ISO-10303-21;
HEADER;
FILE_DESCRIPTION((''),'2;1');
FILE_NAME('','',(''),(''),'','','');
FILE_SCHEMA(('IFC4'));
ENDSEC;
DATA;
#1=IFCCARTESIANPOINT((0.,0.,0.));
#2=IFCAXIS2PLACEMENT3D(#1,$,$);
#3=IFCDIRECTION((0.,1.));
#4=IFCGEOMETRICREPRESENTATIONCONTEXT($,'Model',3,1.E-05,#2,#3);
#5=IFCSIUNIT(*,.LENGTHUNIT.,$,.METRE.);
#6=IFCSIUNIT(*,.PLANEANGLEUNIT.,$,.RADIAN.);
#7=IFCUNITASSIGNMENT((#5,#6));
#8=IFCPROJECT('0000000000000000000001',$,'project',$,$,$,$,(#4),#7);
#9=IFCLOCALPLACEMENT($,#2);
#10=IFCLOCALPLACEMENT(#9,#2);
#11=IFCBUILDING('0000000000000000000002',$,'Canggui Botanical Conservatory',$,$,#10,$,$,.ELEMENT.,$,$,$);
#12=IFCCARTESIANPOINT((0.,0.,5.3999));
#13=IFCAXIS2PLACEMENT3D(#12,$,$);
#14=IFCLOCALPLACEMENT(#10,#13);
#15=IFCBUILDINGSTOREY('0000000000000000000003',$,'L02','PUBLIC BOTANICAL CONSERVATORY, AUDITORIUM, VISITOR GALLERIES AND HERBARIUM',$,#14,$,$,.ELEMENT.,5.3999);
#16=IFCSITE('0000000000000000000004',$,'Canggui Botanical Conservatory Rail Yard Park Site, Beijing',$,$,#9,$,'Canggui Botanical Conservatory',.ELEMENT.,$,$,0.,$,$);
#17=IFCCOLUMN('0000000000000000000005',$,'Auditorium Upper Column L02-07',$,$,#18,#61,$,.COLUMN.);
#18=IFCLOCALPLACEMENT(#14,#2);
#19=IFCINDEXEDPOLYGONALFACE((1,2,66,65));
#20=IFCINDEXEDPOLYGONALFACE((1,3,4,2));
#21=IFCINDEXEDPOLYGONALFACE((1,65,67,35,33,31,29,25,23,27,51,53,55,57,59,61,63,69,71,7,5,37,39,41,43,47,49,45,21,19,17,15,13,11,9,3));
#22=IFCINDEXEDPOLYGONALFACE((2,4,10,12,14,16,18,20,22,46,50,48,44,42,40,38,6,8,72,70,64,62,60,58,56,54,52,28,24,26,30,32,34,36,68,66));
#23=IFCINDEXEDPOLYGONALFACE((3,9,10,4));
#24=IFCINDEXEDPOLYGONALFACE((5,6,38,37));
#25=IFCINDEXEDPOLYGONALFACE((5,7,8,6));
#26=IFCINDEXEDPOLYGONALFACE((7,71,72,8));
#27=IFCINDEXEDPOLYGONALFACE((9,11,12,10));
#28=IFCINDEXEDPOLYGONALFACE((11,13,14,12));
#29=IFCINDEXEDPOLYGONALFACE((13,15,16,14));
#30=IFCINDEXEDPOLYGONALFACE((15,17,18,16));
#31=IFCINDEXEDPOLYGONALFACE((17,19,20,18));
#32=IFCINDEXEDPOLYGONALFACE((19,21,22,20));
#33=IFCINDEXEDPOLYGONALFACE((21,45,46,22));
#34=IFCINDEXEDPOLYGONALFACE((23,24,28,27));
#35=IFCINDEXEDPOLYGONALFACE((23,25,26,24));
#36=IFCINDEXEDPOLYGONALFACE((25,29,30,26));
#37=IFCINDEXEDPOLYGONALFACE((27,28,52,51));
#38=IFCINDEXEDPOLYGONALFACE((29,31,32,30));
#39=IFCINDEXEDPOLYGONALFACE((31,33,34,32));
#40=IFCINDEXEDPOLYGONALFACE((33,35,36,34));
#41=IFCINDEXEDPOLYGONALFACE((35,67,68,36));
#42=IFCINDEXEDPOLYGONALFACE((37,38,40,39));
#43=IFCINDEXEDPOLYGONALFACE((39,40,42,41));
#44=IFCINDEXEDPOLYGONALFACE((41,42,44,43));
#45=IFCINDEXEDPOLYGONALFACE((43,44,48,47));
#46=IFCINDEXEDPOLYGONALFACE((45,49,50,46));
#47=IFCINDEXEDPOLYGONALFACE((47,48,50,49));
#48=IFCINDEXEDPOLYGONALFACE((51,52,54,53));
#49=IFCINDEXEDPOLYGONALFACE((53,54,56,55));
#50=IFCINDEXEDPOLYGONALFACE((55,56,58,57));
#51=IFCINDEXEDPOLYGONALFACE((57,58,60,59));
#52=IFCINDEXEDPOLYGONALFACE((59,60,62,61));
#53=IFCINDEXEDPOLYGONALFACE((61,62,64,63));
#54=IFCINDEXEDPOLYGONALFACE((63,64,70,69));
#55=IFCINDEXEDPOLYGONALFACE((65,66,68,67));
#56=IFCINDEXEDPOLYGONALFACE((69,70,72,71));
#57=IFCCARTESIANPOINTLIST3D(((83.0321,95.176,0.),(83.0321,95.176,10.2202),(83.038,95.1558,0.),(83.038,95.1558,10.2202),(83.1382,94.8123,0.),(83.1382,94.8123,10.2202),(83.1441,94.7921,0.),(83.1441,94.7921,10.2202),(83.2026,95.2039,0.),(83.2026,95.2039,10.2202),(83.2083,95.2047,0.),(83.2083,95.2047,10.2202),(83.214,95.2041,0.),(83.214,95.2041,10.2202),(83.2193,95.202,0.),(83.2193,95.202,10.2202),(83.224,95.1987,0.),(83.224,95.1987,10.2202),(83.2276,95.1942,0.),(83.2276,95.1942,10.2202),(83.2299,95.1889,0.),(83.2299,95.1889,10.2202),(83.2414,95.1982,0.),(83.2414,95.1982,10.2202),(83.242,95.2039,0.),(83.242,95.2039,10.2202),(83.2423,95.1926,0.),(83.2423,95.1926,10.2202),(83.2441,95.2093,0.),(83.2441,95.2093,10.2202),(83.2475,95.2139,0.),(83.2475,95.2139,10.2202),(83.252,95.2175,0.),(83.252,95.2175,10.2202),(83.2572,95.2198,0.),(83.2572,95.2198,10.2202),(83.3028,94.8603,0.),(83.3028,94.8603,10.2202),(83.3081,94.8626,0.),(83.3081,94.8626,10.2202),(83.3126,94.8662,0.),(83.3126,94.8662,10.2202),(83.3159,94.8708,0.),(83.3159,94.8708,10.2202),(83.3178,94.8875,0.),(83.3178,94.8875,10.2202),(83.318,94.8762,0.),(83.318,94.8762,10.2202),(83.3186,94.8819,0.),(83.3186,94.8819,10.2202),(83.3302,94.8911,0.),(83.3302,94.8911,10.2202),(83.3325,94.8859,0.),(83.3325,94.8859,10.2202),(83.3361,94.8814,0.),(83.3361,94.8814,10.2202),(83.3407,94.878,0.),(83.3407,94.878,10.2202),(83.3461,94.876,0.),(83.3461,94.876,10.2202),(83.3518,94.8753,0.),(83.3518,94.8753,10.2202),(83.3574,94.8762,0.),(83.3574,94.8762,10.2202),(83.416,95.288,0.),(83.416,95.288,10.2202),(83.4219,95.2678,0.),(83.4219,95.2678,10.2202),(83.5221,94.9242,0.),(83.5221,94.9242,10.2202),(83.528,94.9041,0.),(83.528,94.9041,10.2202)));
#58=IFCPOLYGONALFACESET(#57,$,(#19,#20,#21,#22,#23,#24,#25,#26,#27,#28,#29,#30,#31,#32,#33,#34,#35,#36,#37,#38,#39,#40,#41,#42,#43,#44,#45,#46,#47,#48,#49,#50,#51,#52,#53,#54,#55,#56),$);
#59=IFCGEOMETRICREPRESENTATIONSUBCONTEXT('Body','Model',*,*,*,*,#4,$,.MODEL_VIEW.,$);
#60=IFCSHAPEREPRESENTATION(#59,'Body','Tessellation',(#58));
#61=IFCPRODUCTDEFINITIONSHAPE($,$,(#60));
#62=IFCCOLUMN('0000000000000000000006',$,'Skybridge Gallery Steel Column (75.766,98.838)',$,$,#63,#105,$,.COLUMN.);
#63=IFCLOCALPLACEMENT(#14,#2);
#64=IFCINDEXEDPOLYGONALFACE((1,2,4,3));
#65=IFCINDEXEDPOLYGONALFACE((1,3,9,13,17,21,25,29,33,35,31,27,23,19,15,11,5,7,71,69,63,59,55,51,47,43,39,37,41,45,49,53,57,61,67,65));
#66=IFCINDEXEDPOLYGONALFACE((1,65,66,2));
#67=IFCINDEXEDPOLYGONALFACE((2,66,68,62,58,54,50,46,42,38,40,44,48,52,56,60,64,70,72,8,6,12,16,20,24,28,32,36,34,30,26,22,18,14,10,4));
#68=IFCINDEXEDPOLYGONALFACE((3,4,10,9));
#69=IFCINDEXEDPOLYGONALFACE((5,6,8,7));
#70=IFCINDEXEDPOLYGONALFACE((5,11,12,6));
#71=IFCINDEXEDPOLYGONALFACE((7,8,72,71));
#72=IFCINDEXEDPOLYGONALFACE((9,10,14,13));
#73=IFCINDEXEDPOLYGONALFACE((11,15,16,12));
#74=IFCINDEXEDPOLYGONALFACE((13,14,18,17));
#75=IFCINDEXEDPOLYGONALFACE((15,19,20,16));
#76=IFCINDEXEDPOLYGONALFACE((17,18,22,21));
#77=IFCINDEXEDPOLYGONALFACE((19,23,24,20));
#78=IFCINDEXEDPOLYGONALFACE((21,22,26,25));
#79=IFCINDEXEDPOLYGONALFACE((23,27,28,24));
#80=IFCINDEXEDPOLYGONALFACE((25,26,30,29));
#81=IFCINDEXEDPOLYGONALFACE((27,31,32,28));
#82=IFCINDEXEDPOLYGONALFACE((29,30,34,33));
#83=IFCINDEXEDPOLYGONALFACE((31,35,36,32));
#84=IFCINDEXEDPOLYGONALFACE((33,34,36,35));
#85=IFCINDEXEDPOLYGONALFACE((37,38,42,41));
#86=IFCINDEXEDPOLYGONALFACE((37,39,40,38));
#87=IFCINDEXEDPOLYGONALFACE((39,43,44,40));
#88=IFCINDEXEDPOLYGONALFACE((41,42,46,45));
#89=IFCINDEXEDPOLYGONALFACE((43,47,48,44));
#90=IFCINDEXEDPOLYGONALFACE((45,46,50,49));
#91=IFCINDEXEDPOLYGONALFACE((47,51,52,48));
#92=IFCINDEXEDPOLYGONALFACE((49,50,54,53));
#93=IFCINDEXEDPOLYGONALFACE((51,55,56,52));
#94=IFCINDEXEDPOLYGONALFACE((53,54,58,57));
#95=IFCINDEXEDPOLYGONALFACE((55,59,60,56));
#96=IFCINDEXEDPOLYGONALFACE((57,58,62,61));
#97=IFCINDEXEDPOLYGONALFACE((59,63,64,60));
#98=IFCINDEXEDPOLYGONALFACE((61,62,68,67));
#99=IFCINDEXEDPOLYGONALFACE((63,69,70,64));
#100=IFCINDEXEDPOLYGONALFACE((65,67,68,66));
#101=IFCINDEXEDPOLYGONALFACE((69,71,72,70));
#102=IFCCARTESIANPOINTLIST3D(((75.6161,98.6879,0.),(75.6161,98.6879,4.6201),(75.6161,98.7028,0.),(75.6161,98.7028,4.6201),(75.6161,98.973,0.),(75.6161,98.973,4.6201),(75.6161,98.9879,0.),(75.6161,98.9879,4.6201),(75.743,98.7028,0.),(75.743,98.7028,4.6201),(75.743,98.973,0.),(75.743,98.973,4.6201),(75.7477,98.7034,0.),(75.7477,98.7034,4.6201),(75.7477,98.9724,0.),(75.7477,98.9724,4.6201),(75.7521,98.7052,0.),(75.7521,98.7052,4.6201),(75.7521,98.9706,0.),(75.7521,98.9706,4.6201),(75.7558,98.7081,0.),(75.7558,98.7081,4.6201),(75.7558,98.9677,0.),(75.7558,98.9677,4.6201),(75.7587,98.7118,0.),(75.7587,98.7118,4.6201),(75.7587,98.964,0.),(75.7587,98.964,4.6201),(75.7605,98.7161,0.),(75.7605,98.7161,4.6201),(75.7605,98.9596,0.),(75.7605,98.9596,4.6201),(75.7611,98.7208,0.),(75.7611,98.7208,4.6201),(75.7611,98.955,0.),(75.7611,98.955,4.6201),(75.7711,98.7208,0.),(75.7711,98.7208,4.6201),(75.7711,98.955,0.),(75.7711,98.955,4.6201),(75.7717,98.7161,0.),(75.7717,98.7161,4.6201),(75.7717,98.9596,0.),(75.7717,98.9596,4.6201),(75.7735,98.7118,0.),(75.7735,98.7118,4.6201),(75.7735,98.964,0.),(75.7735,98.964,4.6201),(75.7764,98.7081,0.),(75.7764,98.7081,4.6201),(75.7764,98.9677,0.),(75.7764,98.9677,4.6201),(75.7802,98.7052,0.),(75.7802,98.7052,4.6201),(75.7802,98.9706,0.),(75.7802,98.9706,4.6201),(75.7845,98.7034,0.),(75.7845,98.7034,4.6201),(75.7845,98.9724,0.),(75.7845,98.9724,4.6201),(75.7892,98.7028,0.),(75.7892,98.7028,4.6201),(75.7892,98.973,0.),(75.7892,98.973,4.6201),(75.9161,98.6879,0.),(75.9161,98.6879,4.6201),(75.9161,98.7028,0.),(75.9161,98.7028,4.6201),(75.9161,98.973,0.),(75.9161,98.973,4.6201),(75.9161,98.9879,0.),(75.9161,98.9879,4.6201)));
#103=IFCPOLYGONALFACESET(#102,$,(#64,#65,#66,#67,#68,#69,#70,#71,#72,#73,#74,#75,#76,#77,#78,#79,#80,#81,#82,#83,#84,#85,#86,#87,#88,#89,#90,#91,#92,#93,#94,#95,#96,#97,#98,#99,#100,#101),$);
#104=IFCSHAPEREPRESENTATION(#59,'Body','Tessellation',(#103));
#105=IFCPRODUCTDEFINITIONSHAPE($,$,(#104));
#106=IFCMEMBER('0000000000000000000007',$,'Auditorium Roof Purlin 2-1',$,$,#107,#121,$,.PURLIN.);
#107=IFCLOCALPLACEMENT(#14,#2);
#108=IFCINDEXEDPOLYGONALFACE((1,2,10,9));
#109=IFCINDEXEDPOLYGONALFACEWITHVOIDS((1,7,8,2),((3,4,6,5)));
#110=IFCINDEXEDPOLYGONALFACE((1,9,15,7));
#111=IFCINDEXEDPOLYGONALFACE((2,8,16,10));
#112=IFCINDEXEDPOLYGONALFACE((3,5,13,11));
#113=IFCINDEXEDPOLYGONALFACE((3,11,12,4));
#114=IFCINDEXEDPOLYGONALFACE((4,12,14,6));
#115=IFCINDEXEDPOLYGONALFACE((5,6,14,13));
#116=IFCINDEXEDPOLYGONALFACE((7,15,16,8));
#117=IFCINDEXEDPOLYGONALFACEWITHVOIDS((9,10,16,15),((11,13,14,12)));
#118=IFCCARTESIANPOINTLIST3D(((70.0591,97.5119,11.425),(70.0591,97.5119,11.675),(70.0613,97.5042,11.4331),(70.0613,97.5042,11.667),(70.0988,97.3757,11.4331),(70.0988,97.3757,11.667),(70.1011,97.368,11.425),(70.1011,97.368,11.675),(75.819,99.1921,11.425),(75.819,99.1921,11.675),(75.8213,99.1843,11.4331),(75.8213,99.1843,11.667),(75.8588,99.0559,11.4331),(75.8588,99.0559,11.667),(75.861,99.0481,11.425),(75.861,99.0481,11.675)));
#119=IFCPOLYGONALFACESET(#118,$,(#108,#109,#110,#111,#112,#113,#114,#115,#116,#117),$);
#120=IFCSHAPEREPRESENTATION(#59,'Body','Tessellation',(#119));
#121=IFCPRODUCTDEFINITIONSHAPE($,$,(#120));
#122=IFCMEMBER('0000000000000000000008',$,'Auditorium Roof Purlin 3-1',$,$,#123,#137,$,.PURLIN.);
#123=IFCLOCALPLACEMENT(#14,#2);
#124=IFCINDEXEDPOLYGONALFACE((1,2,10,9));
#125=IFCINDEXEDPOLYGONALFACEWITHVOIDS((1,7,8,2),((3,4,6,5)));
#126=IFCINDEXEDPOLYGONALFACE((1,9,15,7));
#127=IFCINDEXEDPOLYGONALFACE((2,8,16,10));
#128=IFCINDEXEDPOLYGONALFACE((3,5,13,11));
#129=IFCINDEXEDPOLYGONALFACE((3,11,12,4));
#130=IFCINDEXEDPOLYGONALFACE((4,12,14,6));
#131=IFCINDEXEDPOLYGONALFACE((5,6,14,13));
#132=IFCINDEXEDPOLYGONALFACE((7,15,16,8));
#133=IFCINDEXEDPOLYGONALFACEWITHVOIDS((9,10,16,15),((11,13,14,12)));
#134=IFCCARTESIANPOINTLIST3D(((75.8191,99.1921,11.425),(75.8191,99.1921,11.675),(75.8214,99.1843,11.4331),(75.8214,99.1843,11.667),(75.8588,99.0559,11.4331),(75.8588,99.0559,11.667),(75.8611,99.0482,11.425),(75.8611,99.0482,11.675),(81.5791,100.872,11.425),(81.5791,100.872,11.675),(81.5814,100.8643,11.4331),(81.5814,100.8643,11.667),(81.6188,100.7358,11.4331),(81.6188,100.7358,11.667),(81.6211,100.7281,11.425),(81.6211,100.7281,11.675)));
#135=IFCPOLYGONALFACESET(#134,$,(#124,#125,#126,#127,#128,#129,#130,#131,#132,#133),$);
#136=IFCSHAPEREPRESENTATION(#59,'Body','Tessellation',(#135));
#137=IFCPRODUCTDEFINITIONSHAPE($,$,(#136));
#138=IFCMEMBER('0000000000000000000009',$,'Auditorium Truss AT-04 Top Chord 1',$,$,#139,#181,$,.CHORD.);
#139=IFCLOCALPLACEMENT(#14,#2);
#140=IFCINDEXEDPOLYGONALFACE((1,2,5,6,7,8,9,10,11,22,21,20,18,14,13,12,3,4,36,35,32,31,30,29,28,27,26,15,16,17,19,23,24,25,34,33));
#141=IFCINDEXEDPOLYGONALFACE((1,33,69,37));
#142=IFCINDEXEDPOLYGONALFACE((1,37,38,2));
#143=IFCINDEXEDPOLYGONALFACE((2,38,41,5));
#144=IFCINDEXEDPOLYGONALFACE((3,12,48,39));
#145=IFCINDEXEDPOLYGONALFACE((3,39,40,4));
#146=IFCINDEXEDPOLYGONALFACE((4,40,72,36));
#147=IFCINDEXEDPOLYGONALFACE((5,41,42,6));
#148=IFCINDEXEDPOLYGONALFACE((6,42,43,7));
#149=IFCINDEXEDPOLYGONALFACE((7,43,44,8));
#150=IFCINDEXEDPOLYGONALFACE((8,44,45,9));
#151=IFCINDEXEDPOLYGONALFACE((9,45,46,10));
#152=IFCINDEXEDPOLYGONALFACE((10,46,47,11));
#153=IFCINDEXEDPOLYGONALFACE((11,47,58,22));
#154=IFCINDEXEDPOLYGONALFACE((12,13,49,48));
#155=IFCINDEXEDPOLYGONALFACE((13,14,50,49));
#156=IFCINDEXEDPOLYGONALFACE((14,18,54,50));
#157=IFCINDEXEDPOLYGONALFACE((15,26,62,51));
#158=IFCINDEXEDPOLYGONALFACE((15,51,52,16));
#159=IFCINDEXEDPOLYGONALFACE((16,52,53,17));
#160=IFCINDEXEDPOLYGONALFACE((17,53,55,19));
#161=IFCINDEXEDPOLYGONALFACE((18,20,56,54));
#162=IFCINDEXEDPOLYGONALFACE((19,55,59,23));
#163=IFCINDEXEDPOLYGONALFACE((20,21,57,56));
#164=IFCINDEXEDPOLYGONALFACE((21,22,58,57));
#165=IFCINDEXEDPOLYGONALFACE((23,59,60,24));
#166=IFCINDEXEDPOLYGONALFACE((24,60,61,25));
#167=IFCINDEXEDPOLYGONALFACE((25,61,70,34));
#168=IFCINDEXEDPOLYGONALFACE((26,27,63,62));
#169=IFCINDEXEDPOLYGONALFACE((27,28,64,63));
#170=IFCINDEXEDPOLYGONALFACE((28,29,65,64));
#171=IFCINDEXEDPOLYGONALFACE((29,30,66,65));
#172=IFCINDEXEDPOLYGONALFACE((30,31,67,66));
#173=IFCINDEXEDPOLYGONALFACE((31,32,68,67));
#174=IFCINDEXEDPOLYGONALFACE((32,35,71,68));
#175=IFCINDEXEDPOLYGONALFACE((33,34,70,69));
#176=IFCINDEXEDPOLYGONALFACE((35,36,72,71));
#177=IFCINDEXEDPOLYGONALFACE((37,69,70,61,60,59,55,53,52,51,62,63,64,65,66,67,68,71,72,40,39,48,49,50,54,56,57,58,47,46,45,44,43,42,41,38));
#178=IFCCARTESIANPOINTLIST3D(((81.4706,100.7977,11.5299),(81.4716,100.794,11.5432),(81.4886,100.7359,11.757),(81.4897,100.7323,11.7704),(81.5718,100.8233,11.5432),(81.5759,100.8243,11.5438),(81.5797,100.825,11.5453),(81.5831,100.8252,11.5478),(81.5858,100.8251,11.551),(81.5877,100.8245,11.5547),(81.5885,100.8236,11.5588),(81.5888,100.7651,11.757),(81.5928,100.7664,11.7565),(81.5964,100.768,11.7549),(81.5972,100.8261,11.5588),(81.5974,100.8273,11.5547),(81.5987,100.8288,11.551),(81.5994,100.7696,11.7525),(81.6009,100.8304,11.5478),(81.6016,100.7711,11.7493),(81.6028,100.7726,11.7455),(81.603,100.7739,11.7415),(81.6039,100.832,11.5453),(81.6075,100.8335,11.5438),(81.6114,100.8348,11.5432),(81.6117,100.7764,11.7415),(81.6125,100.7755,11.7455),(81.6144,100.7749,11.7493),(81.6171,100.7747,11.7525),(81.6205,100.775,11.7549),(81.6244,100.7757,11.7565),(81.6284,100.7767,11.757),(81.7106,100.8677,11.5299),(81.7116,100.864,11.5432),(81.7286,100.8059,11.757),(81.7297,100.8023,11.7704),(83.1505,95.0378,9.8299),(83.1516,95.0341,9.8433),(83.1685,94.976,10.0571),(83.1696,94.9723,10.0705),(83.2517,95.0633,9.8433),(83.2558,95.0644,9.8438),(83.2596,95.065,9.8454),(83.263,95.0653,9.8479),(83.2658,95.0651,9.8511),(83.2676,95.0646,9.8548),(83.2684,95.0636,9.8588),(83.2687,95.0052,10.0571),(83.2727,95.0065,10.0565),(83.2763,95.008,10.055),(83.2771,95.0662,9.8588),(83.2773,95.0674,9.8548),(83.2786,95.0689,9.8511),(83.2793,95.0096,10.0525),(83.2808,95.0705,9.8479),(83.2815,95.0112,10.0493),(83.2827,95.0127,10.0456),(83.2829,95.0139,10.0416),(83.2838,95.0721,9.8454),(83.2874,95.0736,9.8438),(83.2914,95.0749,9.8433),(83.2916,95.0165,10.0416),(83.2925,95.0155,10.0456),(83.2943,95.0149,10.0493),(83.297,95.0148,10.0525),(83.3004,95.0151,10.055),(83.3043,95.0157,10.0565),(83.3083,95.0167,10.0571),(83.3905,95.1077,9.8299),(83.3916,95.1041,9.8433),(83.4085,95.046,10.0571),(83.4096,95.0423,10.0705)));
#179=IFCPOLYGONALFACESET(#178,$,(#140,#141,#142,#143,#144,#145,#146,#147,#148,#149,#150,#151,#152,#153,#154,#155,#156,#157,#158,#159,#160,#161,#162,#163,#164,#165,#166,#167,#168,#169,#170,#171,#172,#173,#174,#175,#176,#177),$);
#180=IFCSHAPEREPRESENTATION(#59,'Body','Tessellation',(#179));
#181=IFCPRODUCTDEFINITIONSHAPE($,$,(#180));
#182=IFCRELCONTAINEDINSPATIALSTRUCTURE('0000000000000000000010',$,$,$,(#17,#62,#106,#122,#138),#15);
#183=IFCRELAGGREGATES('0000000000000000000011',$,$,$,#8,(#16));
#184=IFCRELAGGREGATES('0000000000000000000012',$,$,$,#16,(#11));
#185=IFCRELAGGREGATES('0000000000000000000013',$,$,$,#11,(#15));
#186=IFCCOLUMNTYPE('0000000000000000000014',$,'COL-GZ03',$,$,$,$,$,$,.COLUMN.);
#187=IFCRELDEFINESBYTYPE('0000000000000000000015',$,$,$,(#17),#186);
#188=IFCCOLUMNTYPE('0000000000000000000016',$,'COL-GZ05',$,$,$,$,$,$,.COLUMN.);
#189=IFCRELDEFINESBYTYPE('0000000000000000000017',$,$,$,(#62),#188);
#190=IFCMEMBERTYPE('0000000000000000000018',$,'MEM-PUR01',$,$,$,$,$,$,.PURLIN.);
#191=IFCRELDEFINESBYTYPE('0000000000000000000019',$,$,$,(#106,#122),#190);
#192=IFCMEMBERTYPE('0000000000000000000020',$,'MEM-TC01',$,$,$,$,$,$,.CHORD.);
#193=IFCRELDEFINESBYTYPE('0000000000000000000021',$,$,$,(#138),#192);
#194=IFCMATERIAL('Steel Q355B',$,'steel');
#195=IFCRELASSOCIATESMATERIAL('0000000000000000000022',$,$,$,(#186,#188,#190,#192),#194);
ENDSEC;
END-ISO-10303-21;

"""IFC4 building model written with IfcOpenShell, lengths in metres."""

from ifc_helpers import new_model, si_unit, direction, frame, origin, origin_2d, place, context, subcontext, project, spatial, hollow_rectangle, i_section, extrude, material, material_profile, profile_set, type_object, element, save


model = new_model("IFC4")

# Units and contexts
model_context = context("Model", 3, precision=1e-05, world=origin(), true_north=direction((0.0, 1.0)))
body_context = subcontext(model_context, "Body", "Model", "MODEL_VIEW")
ifc_project = project(units=[si_unit("LENGTHUNIT", "METRE"), si_unit("PLANEANGLEUNIT", "RADIAN")], contexts=[model_context])

# Site, building, storey
site_placement = place(None, origin())
site = spatial("IfcSite", under=ifc_project, at=site_placement, Name="Canggui Botanical Conservatory Rail Yard Park Site, Beijing", LongName="Canggui Botanical Conservatory", CompositionType="ELEMENT", RefElevation=0.0)
building_placement = place(site_placement, origin())
building = spatial("IfcBuilding", under=site, at=building_placement, Name="Canggui Botanical Conservatory", CompositionType="ELEMENT")
storey_placement = place(building_placement, frame((0.0, 0.0, 5.3999)))
storey = spatial("IfcBuildingStorey", under=building, at=storey_placement, Name="L02", Description="PUBLIC BOTANICAL CONSERVATORY, AUDITORIUM, VISITOR GALLERIES AND HERBARIUM", CompositionType="ELEMENT", Elevation=5.3999)

# Columns
ifc_material_1 = material(Name="Steel Q355B", Category="steel")
ifc_material_profile_1 = material_profile(ifc_material_1, i_section(OverallWidth=0.3999, OverallDepth=0.3999, WebThickness=0.0129, FlangeThickness=0.021, FilletRadius=0.022, at=origin_2d()), Name="HW 400x400x13x21")
ifc_profile_set_1 = profile_set([ifc_material_profile_1], Name="Steel Q355B")
column_type_1 = type_object("IfcColumnType", Name="COL-GZ03", PredefinedType="COLUMN", material=ifc_profile_set_1)
column_1_placement = place(storey_placement, frame((83.28, 95.04, 0.0), z_axis=(0.0, 0.0, 1.0), x_axis=(0.96, 0.28, 0.0)))
element("IfcColumn", 1, at=column_1_placement, inside=storey, type_object=column_type_1, Name="Auditorium Upper Column L02-07", PredefinedType="COLUMN", context=body_context, shape_type="SweptSolid", body=[
    extrude(i_section(OverallWidth=0.3999, OverallDepth=0.3999, WebThickness=0.0129, FlangeThickness=0.021, FilletRadius=0.022, at=origin_2d()), origin(), (0.0, 0.0, 1.0), 10.2202),
])
ifc_material_profile_2 = material_profile(ifc_material_1, i_section(OverallWidth=0.3, OverallDepth=0.3, WebThickness=0.01, FlangeThickness=0.0149, FilletRadius=0.0181, at=origin_2d()), Name="HW 300x300x10x15")
ifc_profile_set_2 = profile_set([ifc_material_profile_2], Name="Steel Q355B")
column_type_2 = type_object("IfcColumnType", Name="COL-GZ05", PredefinedType="COLUMN", material=ifc_profile_set_2)
column_2_placement = place(storey_placement, frame((75.7661, 98.8379, 0.0), z_axis=(0.0, 0.0, 1.0), x_axis=(1.0, 0.0, 0.0)))
element("IfcColumn", 2, at=column_2_placement, inside=storey, type_object=column_type_2, Name="Skybridge Gallery Steel Column (75.766,98.838)", PredefinedType="COLUMN", context=body_context, shape_type="SweptSolid", body=[
    extrude(i_section(OverallWidth=0.3, OverallDepth=0.3, WebThickness=0.01, FlangeThickness=0.0149, FilletRadius=0.0181, at=origin_2d()), origin(), (0.0, 0.0, 1.0), 4.6201),
])

# Members
ifc_material_profile_3 = material_profile(ifc_material_1, hollow_rectangle(XDim=0.1499, YDim=0.25, WallThickness=0.0081, at=origin_2d()), Name="RHS 150x250x8")
ifc_profile_set_3 = profile_set([ifc_material_profile_3], Name="Steel Q355B")
member_type_1 = type_object("IfcMemberType", Name="MEM-PUR01", PredefinedType="PURLIN", material=ifc_profile_set_3)
for number, where, z_axis, x_axis, name in (
    (3, (70.0801, 97.4399, 11.55), (0.959992, 0.280027, 0.0), (-0.280027, 0.959992, 0.0), "Auditorium Roof Purlin 2-1"),
    (4, (75.8401, 99.1201, 11.55), (0.960003, 0.279989, 0.0), (-0.279989, 0.960003, 0.0), "Auditorium Roof Purlin 3-1"),
):
    element("IfcMember", number, at=place(storey_placement, frame(where, z_axis=z_axis, x_axis=x_axis)), inside=storey, type_object=member_type_1, Name=name, PredefinedType="PURLIN", context=body_context, shape_type="SweptSolid", body=[
        extrude(hollow_rectangle(XDim=0.1499, YDim=0.25, WallThickness=0.0081, at=origin_2d()), origin(), (0.0, 0.0, 1.0), 6.0),
    ])
ifc_material_profile_4 = material_profile(ifc_material_1, i_section(OverallWidth=0.25, OverallDepth=0.25, WebThickness=0.009, FlangeThickness=0.0139, FilletRadius=0.0161, at=origin_2d()), Name="HW 250x250x9x14")
ifc_profile_set_4 = profile_set([ifc_material_profile_4], Name="Steel Q355B")
member_type_2 = type_object("IfcMemberType", Name="MEM-TC01", PredefinedType="CHORD", material=ifc_profile_set_4)
member_1_placement = place(storey_placement, frame((83.28, 95.04, 9.9502), z_axis=(-0.269386, 0.923647, 0.272596), x_axis=(-0.960003, -0.279989, 0.0)))
element("IfcMember", 5, at=member_1_placement, inside=storey, type_object=member_type_2, Name="Auditorium Truss AT-04 Top Chord 1", PredefinedType="CHORD", context=body_context, shape_type="SweptSolid", body=[
    extrude(i_section(OverallWidth=0.25, OverallDepth=0.25, WebThickness=0.009, FlangeThickness=0.0139, FilletRadius=0.0161, at=origin_2d()), origin(), (0.0, 0.0, 1.0), 6.2361),
])

save(model, "model.ifc")
